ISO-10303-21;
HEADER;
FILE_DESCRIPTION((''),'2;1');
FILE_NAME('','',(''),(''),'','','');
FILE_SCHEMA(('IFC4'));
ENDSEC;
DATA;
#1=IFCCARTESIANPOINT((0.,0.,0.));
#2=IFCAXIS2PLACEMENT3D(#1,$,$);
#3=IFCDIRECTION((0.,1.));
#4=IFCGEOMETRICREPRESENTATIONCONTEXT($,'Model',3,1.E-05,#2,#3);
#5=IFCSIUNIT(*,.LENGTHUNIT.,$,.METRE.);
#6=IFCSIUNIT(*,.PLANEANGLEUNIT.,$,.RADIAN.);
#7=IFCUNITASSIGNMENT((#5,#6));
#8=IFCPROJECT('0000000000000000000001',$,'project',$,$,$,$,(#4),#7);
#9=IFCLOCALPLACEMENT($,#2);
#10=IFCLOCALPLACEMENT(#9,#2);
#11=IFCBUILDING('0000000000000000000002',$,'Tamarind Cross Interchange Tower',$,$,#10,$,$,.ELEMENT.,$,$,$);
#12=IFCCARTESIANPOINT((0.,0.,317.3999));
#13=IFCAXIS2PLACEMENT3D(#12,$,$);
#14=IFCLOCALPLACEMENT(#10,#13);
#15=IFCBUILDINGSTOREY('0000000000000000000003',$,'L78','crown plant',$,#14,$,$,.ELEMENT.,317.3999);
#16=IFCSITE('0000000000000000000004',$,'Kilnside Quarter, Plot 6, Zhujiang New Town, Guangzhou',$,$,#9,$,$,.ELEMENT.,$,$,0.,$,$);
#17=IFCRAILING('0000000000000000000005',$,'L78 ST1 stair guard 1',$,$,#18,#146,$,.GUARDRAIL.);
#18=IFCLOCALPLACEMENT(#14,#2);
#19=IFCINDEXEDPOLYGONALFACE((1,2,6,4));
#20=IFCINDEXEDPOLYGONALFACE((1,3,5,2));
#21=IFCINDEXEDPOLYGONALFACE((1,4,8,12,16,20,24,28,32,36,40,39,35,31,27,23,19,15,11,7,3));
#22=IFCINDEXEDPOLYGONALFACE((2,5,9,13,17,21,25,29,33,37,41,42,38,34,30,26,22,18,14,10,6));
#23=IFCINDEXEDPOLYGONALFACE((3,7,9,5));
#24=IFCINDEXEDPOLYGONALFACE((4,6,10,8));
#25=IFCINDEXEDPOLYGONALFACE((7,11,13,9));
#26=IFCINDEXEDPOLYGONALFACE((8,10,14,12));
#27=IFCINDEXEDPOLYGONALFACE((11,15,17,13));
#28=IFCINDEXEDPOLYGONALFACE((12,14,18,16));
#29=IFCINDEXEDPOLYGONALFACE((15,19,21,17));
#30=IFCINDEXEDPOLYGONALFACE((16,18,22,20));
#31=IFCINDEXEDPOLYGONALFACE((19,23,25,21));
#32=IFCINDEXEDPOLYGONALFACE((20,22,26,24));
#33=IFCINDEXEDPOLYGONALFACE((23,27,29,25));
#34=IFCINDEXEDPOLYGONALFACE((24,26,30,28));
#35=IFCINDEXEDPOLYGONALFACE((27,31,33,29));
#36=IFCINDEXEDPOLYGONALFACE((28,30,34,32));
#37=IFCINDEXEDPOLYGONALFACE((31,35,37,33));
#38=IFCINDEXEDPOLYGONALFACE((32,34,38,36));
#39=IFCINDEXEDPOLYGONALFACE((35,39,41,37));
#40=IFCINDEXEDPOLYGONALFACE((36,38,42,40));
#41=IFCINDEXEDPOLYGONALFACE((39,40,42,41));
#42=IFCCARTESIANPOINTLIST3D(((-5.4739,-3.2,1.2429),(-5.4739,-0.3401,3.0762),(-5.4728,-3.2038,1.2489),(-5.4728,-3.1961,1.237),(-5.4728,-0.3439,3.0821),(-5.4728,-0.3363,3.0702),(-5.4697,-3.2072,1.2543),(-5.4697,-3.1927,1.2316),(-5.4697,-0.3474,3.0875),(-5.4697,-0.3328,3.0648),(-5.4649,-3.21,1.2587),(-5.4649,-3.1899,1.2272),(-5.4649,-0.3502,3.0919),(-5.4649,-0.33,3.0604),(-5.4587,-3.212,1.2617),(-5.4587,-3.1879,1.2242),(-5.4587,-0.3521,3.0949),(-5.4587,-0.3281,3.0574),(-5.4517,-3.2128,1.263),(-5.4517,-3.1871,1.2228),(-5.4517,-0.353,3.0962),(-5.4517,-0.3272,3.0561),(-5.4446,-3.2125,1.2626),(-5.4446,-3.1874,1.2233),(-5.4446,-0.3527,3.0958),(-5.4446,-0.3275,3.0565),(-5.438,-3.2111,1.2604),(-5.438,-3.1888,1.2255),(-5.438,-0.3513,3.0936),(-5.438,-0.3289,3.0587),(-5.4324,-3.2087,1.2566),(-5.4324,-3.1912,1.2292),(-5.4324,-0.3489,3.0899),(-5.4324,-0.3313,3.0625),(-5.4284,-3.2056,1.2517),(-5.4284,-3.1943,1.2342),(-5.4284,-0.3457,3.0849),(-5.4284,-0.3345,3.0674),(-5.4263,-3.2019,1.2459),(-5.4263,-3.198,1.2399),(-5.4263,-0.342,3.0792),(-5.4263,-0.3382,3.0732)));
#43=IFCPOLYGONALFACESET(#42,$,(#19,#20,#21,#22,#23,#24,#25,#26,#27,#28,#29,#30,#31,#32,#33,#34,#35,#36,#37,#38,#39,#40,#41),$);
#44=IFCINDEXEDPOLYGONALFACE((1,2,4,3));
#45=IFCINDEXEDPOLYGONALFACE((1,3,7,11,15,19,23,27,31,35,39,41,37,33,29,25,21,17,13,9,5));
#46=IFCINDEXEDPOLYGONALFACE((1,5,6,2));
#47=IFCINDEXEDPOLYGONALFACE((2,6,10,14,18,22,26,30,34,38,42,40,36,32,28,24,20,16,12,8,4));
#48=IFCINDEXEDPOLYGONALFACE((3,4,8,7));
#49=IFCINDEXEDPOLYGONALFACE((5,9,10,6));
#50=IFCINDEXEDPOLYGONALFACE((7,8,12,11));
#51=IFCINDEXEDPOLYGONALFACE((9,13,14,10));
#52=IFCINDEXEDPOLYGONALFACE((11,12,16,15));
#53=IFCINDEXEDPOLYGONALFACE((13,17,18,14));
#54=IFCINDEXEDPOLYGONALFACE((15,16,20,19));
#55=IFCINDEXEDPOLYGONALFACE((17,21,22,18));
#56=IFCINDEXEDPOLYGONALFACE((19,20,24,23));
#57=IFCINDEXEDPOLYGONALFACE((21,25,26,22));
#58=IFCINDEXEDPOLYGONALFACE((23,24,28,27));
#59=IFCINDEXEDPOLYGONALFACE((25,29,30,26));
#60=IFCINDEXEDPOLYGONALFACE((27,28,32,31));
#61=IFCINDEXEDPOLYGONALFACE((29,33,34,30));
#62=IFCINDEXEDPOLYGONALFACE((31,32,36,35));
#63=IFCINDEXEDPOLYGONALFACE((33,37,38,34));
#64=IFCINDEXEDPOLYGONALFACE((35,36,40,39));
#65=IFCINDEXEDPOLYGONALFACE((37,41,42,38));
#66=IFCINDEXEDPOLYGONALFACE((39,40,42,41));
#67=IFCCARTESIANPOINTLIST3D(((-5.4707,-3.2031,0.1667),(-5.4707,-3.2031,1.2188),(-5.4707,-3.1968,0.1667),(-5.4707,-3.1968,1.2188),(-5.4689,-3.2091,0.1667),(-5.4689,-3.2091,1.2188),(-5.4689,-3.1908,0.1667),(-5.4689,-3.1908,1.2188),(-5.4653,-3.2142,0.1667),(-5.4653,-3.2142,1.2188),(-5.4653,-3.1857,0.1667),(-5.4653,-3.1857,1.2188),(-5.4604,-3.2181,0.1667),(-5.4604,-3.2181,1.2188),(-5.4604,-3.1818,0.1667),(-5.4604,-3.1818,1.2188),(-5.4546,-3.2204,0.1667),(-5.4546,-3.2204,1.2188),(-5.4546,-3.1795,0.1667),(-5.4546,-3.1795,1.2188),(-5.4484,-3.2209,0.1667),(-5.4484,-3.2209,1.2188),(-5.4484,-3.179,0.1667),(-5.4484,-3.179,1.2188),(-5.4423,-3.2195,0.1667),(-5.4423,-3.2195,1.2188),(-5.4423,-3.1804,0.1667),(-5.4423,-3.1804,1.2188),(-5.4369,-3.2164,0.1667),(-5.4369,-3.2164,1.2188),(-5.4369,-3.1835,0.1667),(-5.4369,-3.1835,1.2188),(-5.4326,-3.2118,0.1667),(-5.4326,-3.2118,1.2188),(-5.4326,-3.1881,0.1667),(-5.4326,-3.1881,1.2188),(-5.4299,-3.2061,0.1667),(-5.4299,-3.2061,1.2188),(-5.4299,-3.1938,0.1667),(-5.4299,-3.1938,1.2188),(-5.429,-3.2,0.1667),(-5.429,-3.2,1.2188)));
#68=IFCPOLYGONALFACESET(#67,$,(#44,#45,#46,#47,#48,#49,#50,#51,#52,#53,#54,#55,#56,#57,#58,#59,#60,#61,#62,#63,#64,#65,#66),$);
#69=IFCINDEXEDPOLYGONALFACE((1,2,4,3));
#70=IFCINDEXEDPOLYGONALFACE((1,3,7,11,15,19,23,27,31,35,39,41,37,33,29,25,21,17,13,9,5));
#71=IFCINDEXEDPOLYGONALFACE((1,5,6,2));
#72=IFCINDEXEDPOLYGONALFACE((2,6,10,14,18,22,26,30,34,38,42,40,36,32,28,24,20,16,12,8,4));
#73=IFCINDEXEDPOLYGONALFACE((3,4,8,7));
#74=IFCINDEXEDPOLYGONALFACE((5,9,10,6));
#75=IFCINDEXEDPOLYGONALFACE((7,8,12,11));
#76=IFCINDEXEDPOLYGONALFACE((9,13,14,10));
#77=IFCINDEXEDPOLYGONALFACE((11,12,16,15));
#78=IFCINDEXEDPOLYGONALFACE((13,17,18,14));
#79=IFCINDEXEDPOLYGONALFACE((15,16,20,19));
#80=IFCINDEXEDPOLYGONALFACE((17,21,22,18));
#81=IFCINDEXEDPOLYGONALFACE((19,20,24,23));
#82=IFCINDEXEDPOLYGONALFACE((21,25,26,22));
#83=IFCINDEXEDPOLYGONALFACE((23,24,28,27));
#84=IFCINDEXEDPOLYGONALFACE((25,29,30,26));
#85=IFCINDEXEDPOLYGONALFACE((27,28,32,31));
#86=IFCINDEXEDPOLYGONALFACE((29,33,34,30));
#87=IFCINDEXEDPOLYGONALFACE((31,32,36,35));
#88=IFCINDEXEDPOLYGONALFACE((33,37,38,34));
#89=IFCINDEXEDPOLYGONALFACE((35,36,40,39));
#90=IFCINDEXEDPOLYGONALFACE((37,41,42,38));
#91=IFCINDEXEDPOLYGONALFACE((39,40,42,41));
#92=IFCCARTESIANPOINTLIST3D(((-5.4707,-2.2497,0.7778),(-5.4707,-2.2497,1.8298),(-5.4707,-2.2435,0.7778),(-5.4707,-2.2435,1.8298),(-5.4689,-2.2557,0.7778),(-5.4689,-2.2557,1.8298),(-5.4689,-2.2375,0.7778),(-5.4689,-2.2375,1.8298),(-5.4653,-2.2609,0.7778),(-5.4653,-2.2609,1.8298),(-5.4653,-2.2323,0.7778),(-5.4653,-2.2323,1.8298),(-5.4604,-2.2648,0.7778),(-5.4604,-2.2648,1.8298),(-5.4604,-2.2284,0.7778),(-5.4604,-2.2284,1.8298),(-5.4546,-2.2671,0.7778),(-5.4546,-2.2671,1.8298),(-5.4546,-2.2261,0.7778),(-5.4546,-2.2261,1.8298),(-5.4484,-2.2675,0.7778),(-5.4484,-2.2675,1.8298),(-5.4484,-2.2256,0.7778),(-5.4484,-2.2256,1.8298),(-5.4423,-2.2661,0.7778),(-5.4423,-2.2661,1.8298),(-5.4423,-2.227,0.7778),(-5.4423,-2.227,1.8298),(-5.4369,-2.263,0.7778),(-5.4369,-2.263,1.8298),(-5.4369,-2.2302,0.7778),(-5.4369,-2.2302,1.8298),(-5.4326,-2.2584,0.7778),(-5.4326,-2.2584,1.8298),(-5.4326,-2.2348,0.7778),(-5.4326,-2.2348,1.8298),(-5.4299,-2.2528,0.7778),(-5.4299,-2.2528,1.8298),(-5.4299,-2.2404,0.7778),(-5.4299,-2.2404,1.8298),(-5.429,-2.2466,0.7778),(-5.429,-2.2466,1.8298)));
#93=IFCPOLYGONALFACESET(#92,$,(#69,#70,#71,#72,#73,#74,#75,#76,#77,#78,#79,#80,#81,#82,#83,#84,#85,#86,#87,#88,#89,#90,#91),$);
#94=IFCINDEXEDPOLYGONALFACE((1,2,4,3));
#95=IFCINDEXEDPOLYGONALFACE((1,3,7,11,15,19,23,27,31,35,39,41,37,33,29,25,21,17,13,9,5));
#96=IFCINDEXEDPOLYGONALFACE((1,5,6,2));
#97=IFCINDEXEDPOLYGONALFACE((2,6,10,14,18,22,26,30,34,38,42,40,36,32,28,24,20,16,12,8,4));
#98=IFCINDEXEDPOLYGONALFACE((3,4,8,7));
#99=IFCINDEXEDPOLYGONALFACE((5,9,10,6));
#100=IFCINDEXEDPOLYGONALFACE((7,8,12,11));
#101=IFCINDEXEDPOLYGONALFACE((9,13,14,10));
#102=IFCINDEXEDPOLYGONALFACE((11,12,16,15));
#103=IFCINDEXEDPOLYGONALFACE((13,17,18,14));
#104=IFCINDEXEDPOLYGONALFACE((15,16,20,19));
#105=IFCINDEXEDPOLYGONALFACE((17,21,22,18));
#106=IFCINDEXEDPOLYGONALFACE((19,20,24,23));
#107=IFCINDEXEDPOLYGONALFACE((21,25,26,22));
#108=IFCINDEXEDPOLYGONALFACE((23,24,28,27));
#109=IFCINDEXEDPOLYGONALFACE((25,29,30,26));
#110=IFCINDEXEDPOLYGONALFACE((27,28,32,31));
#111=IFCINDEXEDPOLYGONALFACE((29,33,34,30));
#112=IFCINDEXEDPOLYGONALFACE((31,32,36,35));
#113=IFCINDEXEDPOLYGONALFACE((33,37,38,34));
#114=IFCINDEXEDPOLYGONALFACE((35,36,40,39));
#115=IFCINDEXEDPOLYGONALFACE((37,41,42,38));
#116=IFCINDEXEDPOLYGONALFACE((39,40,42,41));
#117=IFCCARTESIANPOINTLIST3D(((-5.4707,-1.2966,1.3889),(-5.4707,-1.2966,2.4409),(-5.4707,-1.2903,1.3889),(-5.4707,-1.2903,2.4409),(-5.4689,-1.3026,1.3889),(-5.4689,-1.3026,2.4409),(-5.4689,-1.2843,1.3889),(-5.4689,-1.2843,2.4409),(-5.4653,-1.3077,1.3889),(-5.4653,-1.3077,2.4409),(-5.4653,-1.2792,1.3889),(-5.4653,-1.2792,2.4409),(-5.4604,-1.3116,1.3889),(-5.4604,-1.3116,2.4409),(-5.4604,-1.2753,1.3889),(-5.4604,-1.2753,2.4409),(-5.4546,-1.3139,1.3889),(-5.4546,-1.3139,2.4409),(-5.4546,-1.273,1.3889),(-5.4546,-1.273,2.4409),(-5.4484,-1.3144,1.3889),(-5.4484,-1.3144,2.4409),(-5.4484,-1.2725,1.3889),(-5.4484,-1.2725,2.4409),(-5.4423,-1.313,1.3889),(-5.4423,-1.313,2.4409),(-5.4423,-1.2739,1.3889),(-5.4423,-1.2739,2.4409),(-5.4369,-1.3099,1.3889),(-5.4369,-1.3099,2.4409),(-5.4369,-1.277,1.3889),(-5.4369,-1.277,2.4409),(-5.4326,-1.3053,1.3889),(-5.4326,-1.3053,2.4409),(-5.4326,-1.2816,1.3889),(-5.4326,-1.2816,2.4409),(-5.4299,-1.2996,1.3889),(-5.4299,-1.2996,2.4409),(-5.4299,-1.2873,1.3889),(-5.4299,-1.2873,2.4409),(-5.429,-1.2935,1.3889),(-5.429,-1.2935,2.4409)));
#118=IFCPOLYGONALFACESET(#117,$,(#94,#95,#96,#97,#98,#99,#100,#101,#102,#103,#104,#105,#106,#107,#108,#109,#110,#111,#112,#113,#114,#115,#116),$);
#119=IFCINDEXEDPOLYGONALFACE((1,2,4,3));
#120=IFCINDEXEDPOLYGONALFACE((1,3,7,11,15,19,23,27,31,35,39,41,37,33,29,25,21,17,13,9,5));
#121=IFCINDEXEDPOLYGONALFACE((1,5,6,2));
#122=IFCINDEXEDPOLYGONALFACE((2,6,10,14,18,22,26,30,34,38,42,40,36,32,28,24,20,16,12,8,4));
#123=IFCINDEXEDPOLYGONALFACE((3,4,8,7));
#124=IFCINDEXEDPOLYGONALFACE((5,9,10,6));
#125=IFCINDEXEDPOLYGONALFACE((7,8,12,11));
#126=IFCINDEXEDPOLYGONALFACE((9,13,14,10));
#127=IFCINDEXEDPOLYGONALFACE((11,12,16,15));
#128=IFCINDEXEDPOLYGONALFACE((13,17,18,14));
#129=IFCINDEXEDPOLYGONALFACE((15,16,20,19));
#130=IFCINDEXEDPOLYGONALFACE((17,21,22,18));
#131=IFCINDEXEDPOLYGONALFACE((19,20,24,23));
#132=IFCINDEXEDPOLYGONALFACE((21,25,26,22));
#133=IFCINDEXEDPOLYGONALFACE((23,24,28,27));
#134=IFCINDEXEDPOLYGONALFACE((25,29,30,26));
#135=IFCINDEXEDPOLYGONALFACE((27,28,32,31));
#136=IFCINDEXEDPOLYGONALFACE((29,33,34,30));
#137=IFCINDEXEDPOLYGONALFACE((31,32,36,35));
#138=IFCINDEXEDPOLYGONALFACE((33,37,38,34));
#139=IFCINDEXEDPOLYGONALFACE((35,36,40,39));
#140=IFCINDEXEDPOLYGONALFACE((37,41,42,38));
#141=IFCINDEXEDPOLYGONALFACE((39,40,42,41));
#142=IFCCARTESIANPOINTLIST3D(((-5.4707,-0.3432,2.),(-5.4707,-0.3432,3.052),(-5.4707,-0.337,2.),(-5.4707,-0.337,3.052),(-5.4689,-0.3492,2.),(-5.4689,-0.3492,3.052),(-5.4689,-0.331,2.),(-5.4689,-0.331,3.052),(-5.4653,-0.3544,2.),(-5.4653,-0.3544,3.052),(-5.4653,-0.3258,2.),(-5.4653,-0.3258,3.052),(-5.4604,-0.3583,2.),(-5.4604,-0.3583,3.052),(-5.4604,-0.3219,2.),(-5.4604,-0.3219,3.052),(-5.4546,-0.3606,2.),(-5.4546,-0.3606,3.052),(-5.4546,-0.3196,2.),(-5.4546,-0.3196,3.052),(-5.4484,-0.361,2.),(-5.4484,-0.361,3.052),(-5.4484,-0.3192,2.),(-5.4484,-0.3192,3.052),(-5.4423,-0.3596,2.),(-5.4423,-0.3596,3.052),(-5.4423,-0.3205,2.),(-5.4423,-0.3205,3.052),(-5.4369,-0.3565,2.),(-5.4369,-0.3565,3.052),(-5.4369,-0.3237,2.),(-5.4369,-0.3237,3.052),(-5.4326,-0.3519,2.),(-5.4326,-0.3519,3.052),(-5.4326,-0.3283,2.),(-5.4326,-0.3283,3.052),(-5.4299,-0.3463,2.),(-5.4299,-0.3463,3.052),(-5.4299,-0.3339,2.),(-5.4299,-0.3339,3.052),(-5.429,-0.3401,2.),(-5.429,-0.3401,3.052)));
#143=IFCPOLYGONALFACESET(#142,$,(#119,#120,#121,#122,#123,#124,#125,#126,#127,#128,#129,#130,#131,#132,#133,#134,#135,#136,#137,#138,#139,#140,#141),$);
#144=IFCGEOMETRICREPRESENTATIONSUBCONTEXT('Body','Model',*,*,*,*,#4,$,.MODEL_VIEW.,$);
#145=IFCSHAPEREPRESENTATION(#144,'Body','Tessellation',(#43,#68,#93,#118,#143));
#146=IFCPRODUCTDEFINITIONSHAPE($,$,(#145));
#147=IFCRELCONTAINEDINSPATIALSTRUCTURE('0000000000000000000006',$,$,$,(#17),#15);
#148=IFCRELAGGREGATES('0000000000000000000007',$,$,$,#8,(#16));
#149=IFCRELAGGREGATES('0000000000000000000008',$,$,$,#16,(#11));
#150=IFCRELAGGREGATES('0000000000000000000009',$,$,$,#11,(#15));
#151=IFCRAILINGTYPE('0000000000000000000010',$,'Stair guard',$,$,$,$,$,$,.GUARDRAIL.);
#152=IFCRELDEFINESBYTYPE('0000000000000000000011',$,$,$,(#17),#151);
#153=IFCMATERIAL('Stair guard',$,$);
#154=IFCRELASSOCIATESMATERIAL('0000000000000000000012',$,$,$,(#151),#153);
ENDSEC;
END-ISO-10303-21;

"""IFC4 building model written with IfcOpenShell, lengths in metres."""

from ifc_helpers import new_model, si_unit, direction, frame, origin, origin_2d, place, context, subcontext, project, spatial, circle, extrude, material, type_object, element, save


model = new_model("IFC4")

# Units and contexts
model_context = context("Model", 3, precision=1e-05, world=origin(), true_north=direction((0.0, 1.0)))
body_context = subcontext(model_context, "Body", "Model", "MODEL_VIEW")
ifc_project = project(units=[si_unit("LENGTHUNIT", "METRE"), si_unit("PLANEANGLEUNIT", "RADIAN")], contexts=[model_context])

# Site, building, storey
site_placement = place(None, origin())
site = spatial("IfcSite", under=ifc_project, at=site_placement, Name="Kilnside Quarter, Plot 6, Zhujiang New Town, Guangzhou", CompositionType="ELEMENT", RefElevation=0.0)
building_placement = place(site_placement, origin())
building = spatial("IfcBuilding", under=site, at=building_placement, Name="Tamarind Cross Interchange Tower", CompositionType="ELEMENT")
storey_placement = place(building_placement, frame((0.0, 0.0, 317.3999)))
storey = spatial("IfcBuildingStorey", under=building, at=storey_placement, Name="L78", Description="crown plant", CompositionType="ELEMENT", Elevation=317.3999)

# Railing
ifc_material_1 = material(Name="Stair guard")
railing_type_1 = type_object("IfcRailingType", Name="Stair guard", PredefinedType="GUARDRAIL", material=ifc_material_1)
railing_1_placement = place(storey_placement, frame((-5.45, -3.2, 0.1667)))
element("IfcRailing", 1, at=railing_1_placement, inside=storey, type_object=railing_type_1, Name="L78 ST1 stair guard 1", PredefinedType="GUARDRAIL", context=body_context, shape_type="SweptSolid", body=[
    extrude(circle(Radius=0.0239, at=origin_2d()), frame((0.0, 0.0, 1.0762), z_axis=(0.0, 0.841878, 0.539667), x_axis=(-1.0, 0.0, 0.0)), (0.0, 0.0, 1.0), 3.397),
    extrude(circle(Radius=0.021, at=origin_2d()), origin(), (0.0, 0.0, 1.0), 1.052),
    extrude(circle(Radius=0.021, at=origin_2d()), frame((0.0, 0.9534, 0.6111)), (0.0, 0.0, 1.0), 1.052),
    extrude(circle(Radius=0.021, at=origin_2d()), frame((0.0, 1.9065, 1.2222)), (0.0, 0.0, 1.0), 1.052),
    extrude(circle(Radius=0.021, at=origin_2d()), frame((0.0, 2.8599, 1.8333)), (0.0, 0.0, 1.0), 1.052),
])

save(model, "model.ifc")
